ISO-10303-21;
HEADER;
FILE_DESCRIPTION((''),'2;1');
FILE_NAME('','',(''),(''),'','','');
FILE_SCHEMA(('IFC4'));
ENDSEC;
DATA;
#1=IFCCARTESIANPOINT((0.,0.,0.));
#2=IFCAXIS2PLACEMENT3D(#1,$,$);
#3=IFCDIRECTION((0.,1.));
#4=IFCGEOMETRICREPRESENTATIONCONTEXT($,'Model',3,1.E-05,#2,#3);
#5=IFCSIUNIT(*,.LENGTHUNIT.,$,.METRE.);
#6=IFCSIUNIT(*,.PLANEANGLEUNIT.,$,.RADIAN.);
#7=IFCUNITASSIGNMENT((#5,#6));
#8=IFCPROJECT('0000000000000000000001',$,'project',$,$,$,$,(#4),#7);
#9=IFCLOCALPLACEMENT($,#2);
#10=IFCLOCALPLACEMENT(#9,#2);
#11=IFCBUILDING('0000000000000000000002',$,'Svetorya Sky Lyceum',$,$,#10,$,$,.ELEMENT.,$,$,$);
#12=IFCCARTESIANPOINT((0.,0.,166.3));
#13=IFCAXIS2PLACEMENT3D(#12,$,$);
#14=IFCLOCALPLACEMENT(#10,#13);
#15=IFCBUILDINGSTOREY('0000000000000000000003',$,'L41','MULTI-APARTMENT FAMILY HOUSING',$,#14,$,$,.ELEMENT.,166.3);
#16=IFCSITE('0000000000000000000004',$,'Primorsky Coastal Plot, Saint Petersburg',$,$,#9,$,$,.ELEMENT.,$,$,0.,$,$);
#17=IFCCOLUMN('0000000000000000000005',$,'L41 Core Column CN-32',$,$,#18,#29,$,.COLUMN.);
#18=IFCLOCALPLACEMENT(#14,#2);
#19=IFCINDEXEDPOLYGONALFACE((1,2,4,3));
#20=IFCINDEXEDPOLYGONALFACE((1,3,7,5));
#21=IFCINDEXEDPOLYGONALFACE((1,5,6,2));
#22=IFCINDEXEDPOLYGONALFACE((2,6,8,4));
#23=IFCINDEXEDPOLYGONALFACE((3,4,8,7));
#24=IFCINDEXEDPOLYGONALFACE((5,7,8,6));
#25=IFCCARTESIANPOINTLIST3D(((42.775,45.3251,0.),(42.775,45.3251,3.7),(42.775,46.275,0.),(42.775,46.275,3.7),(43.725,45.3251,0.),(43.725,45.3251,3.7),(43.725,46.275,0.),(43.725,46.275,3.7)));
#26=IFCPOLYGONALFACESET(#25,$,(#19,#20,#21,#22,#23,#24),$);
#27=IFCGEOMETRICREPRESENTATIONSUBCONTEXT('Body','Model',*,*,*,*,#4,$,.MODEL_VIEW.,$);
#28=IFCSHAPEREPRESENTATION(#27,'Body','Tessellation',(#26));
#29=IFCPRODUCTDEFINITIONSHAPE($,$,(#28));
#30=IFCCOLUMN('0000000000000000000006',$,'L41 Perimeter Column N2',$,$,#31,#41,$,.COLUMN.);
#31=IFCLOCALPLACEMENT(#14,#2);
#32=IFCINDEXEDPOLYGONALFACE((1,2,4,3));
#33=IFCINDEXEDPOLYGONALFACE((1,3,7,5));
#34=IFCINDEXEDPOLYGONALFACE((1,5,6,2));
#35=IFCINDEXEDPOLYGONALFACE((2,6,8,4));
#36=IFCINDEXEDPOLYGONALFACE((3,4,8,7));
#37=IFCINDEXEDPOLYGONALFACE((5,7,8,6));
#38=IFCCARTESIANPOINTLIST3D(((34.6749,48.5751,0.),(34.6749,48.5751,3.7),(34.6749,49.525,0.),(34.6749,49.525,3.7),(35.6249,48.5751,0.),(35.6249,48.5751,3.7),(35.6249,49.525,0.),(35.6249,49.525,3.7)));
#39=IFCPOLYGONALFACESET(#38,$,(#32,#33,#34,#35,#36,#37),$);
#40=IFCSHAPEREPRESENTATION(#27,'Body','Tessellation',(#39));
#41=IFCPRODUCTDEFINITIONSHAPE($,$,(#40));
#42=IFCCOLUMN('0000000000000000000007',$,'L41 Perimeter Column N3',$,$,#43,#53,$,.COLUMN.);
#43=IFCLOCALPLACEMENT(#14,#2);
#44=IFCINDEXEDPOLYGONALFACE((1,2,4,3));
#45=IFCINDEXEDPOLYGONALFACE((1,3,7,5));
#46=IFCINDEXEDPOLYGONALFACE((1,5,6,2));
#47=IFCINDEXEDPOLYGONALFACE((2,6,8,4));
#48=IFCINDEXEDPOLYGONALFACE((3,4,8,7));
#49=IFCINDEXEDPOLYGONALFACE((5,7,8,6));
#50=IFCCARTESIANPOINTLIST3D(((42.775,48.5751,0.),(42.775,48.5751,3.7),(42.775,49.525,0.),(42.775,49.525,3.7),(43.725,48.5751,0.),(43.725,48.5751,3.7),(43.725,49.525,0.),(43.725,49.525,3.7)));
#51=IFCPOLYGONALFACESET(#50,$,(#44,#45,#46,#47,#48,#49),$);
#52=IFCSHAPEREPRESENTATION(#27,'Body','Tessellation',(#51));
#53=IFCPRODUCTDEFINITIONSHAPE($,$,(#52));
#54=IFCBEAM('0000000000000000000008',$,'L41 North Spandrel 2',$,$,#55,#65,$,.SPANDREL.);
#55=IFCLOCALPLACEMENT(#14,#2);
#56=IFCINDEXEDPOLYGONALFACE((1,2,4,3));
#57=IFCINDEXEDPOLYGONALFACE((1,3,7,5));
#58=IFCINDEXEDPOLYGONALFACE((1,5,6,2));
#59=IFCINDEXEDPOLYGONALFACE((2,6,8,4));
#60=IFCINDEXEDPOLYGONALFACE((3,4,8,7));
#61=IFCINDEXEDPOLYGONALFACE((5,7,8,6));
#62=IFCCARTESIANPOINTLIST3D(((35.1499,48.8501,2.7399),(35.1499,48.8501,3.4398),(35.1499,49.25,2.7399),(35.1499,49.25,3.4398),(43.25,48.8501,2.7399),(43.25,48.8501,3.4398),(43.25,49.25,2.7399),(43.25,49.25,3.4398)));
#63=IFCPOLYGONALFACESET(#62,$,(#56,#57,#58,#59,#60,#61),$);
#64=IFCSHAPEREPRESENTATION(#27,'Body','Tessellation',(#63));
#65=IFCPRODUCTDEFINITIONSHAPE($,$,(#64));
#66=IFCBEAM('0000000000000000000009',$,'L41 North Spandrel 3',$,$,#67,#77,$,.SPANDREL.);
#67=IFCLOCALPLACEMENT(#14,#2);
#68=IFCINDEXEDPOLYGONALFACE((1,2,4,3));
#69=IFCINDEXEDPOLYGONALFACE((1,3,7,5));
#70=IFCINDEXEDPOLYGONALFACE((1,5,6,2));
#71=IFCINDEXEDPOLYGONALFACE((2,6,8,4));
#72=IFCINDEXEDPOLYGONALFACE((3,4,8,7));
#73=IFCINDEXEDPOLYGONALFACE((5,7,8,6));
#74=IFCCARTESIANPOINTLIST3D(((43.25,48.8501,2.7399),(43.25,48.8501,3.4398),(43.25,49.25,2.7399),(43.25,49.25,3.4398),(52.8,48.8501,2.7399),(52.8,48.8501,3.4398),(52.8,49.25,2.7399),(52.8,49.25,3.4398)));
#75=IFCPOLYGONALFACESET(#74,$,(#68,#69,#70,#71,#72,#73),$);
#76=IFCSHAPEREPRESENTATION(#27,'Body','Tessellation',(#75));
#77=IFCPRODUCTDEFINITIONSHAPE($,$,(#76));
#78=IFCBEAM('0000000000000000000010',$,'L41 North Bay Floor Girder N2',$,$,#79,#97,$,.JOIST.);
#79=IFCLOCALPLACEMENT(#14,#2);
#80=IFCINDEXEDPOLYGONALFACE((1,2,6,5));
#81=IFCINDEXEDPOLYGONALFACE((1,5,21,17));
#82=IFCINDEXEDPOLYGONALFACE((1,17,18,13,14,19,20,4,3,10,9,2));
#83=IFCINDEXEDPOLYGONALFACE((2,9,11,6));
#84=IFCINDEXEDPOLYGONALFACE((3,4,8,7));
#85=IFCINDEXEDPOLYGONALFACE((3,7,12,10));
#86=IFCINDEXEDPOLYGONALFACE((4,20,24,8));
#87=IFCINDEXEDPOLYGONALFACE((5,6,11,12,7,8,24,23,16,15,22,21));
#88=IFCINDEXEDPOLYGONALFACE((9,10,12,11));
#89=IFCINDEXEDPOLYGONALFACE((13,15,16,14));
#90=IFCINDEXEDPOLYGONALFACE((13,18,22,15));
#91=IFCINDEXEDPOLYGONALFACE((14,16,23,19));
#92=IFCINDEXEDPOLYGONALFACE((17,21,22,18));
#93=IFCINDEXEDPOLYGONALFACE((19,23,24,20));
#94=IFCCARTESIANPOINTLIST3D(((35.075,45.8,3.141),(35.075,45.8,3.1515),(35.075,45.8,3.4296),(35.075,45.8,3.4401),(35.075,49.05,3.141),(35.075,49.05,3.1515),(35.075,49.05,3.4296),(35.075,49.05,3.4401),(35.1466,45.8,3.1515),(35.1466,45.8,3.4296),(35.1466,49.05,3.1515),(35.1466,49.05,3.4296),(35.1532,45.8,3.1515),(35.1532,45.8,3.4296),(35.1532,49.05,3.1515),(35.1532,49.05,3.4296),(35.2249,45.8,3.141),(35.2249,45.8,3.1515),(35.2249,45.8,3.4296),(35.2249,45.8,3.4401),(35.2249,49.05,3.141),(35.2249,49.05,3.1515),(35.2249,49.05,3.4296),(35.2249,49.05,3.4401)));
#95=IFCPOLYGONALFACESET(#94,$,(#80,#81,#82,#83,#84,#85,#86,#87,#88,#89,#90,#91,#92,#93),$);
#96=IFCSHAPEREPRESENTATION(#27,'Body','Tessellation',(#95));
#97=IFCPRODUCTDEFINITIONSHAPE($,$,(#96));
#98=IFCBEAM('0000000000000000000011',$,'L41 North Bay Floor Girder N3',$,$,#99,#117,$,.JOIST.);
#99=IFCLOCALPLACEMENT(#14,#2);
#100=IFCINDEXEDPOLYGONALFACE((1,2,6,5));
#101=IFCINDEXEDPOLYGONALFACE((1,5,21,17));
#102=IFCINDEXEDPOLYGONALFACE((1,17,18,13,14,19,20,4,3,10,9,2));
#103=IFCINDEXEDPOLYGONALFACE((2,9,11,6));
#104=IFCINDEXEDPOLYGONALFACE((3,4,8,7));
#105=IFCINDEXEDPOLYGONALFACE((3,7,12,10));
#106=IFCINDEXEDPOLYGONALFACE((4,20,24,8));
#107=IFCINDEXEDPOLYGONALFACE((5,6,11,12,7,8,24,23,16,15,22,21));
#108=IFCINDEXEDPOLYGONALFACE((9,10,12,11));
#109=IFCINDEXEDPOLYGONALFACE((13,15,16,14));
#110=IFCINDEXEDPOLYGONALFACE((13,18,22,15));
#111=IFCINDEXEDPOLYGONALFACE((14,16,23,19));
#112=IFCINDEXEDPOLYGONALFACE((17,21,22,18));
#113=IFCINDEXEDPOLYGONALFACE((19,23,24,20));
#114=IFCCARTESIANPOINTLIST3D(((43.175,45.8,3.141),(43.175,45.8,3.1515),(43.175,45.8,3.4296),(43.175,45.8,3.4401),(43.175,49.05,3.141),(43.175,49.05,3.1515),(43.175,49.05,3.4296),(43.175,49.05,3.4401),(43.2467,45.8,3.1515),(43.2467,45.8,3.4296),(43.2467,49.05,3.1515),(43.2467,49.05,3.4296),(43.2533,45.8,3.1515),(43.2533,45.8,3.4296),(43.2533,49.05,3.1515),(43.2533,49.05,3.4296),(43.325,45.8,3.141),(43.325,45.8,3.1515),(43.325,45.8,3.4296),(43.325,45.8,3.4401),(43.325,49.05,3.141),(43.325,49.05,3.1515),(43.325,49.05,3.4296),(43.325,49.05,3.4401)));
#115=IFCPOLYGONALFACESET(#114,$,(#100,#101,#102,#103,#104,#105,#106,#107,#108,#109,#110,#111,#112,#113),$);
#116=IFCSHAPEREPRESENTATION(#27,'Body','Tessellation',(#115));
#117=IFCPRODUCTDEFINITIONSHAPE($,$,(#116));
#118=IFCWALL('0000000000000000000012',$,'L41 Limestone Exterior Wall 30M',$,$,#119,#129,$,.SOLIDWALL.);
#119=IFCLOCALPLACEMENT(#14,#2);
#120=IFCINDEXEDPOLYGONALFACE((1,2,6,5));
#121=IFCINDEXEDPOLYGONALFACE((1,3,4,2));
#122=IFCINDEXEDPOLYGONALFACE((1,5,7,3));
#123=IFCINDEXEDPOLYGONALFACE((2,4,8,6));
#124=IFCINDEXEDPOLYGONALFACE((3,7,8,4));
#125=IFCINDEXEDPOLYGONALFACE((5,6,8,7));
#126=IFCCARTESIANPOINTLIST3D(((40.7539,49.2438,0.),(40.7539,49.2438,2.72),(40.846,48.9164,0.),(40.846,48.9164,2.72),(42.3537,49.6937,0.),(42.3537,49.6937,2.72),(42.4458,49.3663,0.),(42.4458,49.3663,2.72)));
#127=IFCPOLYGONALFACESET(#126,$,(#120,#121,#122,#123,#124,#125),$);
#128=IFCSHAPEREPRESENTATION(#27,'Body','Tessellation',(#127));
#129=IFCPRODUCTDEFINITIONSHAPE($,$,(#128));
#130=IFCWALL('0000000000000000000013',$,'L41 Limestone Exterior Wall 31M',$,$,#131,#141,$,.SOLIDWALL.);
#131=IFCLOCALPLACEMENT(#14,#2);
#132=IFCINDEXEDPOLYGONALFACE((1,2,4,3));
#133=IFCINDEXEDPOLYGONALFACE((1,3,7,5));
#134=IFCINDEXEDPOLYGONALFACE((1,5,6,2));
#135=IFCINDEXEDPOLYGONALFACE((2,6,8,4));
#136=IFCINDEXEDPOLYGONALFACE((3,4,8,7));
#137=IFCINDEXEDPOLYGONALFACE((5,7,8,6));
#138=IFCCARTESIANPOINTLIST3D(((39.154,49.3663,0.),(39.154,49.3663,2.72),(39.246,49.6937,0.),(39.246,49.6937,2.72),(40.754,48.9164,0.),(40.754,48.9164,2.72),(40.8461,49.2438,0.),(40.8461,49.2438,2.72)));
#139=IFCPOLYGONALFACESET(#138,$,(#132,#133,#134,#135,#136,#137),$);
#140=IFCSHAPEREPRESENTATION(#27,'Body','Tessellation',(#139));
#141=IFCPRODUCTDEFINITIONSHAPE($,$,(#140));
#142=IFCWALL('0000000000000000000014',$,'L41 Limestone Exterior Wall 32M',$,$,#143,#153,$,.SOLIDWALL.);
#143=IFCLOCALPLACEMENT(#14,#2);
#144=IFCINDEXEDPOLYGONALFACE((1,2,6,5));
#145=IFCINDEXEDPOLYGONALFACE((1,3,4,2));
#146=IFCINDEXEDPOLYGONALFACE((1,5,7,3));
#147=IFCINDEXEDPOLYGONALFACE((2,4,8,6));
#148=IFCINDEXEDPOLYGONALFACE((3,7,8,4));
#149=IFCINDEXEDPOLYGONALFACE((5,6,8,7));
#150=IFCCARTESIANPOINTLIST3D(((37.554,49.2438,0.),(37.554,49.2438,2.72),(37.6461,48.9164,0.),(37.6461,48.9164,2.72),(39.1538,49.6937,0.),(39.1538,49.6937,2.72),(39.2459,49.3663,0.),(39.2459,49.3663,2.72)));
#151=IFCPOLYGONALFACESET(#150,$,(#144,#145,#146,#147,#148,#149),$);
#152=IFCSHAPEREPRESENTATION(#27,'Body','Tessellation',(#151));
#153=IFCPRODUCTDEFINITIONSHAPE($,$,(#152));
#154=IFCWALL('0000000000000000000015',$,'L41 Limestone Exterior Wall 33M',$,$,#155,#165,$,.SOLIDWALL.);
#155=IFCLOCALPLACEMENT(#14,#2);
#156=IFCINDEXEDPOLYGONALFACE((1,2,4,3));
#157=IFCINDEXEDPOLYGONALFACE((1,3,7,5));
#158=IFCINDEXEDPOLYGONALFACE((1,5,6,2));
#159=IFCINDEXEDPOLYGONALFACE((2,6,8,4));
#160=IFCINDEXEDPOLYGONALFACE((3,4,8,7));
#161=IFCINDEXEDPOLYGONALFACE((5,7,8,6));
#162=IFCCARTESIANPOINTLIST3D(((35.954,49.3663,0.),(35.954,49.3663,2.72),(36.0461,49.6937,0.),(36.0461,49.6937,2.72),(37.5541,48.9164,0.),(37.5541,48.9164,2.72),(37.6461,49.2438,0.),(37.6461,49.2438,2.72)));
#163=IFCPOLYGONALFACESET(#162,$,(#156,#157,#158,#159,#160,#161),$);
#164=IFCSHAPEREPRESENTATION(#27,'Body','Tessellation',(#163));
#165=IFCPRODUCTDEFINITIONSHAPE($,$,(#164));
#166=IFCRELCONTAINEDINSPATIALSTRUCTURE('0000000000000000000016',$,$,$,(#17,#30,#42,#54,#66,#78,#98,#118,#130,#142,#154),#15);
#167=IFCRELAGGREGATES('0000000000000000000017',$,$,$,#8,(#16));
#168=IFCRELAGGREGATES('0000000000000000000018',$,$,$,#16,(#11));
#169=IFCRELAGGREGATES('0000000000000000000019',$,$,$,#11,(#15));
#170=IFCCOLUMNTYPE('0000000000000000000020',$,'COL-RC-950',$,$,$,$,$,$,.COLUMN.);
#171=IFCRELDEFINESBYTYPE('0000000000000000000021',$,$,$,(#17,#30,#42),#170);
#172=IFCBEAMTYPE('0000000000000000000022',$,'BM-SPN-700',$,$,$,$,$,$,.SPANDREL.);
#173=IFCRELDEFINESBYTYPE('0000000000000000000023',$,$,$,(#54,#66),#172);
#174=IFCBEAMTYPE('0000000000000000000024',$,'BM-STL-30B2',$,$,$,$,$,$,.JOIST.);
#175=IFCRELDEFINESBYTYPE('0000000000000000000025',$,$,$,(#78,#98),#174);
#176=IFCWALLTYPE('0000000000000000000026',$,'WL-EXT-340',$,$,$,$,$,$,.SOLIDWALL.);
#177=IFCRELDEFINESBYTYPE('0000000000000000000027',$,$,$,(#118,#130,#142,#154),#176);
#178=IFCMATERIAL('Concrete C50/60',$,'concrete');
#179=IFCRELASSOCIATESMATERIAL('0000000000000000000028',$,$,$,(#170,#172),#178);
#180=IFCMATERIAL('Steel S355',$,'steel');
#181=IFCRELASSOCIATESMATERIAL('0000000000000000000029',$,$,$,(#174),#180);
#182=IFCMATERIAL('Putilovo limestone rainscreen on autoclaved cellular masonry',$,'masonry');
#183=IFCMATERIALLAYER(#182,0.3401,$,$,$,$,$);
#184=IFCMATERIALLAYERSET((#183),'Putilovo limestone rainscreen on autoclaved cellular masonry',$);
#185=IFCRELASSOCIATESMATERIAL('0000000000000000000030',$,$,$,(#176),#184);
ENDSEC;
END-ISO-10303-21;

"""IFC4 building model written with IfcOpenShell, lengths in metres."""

from ifc_helpers import new_model, si_unit, direction, frame, frame_2d, origin, origin_2d, place, context, subcontext, project, spatial, rectangle, i_section, extrude, material, layer, layer_set, material_profile, profile_set, type_object, element, save


model = new_model("IFC4")

# Units and contexts
model_context = context("Model", 3, precision=1e-05, world=origin(), true_north=direction((0.0, 1.0)))
body_context = subcontext(model_context, "Body", "Model", "MODEL_VIEW")
ifc_project = project(units=[si_unit("LENGTHUNIT", "METRE"), si_unit("PLANEANGLEUNIT", "RADIAN")], contexts=[model_context])

# Site, building, storey
site_placement = place(None, origin())
site = spatial("IfcSite", under=ifc_project, at=site_placement, Name="Primorsky Coastal Plot, Saint Petersburg", CompositionType="ELEMENT", RefElevation=0.0)
building_placement = place(site_placement, origin())
building = spatial("IfcBuilding", under=site, at=building_placement, Name="Svetorya Sky Lyceum", CompositionType="ELEMENT")
storey_placement = place(building_placement, frame((0.0, 0.0, 166.3)))
storey = spatial("IfcBuildingStorey", under=building, at=storey_placement, Name="L41", Description="MULTI-APARTMENT FAMILY HOUSING", CompositionType="ELEMENT", Elevation=166.3)

# Columns
ifc_material_1 = material(Name="Concrete C50/60", Category="concrete")
ifc_material_profile_1 = material_profile(ifc_material_1, rectangle(XDim=0.95, YDim=0.95, at=origin_2d()), Name="RC COL 950x950")
ifc_profile_set_1 = profile_set([ifc_material_profile_1], Name="Concrete C50/60")
column_type = type_object("IfcColumnType", Name="COL-RC-950", PredefinedType="COLUMN", material=ifc_profile_set_1)
for number, where, z_axis, x_axis, name in (
    (1, (43.25, 45.8, 0.0), (0.0, 0.0, 1.0), (1.0, 0.0, 0.0), "L41 Core Column CN-32"),
    (2, (35.1499, 49.05, 0.0), (0.0, 0.0, 1.0), (1.0, 0.0, 0.0), "L41 Perimeter Column N2"),
    (3, (43.25, 49.05, 0.0), (0.0, 0.0, 1.0), (1.0, 0.0, 0.0), "L41 Perimeter Column N3"),
):
    element("IfcColumn", number, at=place(storey_placement, frame(where, z_axis=z_axis, x_axis=x_axis)), inside=storey, type_object=column_type, Name=name, PredefinedType="COLUMN", context=body_context, shape_type="SweptSolid", body=[
        extrude(rectangle(XDim=0.95, YDim=0.95, at=origin_2d()), origin(), (0.0, 0.0, 1.0), 3.7),
    ])

# Beams
ifc_material_profile_2 = material_profile(ifc_material_1, rectangle(XDim=0.3999, YDim=0.7, at=origin_2d()), Name="RC SPANDREL 400x700")
ifc_profile_set_2 = profile_set([ifc_material_profile_2], Name="Concrete C50/60")
beam_type_1 = type_object("IfcBeamType", Name="BM-SPN-700", PredefinedType="SPANDREL", material=ifc_profile_set_2)
beam_1_placement = place(storey_placement, frame((35.1499, 49.05, 3.0898), z_axis=(1.0, 0.0, 0.0), x_axis=(0.0, 1.0, 0.0)))
element("IfcBeam", 4, at=beam_1_placement, inside=storey, type_object=beam_type_1, Name="L41 North Spandrel 2", PredefinedType="SPANDREL", context=body_context, shape_type="SweptSolid", body=[
    extrude(rectangle(XDim=0.3999, YDim=0.7, at=origin_2d()), origin(), (0.0, 0.0, 1.0), 8.1001),
])
beam_2_placement = place(storey_placement, frame((43.25, 49.05, 3.0898), z_axis=(1.0, 0.0, 0.0), x_axis=(0.0, 1.0, 0.0)))
element("IfcBeam", 5, at=beam_2_placement, inside=storey, type_object=beam_type_1, Name="L41 North Spandrel 3", PredefinedType="SPANDREL", context=body_context, shape_type="SweptSolid", body=[
    extrude(rectangle(XDim=0.3999, YDim=0.7, at=origin_2d()), origin(), (0.0, 0.0, 1.0), 9.55),
])
ifc_material_2 = material(Name="Steel S355", Category="steel")
ifc_material_profile_3 = material_profile(ifc_material_2, i_section(OverallWidth=0.1499, OverallDepth=0.2991, WebThickness=0.0066, FlangeThickness=0.0105, at=origin_2d()), Name="GOST 30B2")
ifc_profile_set_3 = profile_set([ifc_material_profile_3], Name="Steel S355")
beam_type_2 = type_object("IfcBeamType", Name="BM-STL-30B2", PredefinedType="JOIST", material=ifc_profile_set_3)
for number, where, z_axis, x_axis, name in (
    (6, (35.1499, 45.8, 3.2905), (0.0, 1.0, 0.0), (-1.0, 0.0, 0.0), "L41 North Bay Floor Girder N2"),
    (7, (43.25, 45.8, 3.2905), (0.0, 1.0, 0.0), (-1.0, 0.0, 0.0), "L41 North Bay Floor Girder N3"),
):
    element("IfcBeam", number, at=place(storey_placement, frame(where, z_axis=z_axis, x_axis=x_axis)), inside=storey, type_object=beam_type_2, Name=name, PredefinedType="JOIST", context=body_context, shape_type="SweptSolid", body=[
        extrude(i_section(OverallWidth=0.1499, OverallDepth=0.2991, WebThickness=0.0066, FlangeThickness=0.0105, at=origin_2d()), origin(), (0.0, 0.0, 1.0), 3.25),
    ])

# Walls
ifc_material_3 = material(Name="Putilovo limestone rainscreen on autoclaved cellular masonry", Category="masonry")
ifc_layer_1 = layer(ifc_material_3, 0.3401)
ifc_layer_set_1 = layer_set([ifc_layer_1], Name="Putilovo limestone rainscreen on autoclaved cellular masonry")
wall_type_1 = type_object("IfcWallType", Name="WL-EXT-340", PredefinedType="SOLIDWALL", material=ifc_layer_set_1)
wall_1_placement = place(storey_placement, frame((42.3999, 49.53, 0.0), z_axis=(0.0, 0.0, 1.0), x_axis=(-0.962652, -0.270741, 0.0)))
element("IfcWall", 8, at=wall_1_placement, inside=storey, type_object=wall_type_1, Name="L41 Limestone Exterior Wall 30M", PredefinedType="SOLIDWALL", context=body_context, shape_type="SweptSolid", body=[
    extrude(rectangle(XDim=1.6619, YDim=0.3401, at=frame_2d((0.8311, 0.0))), origin(), (0.0, 0.0, 1.0), 2.72),
])
wall_2_placement = place(storey_placement, frame((40.8, 49.0801, 0.0), z_axis=(0.0, 0.0, 1.0), x_axis=(-0.962663, 0.270703, 0.0)))
element("IfcWall", 9, at=wall_2_placement, inside=storey, type_object=wall_type_1, Name="L41 Limestone Exterior Wall 31M", PredefinedType="SOLIDWALL", context=body_context, shape_type="SweptSolid", body=[
    extrude(rectangle(XDim=1.6621, YDim=0.3401, at=frame_2d((0.8311, 0.0))), origin(), (0.0, 0.0, 1.0), 2.72),
])
wall_3_placement = place(storey_placement, frame((39.2, 49.53, 0.0), z_axis=(0.0, 0.0, 1.0), x_axis=(-0.962652, -0.270741, 0.0)))
element("IfcWall", 10, at=wall_3_placement, inside=storey, type_object=wall_type_1, Name="L41 Limestone Exterior Wall 32M", PredefinedType="SOLIDWALL", context=body_context, shape_type="SweptSolid", body=[
    extrude(rectangle(XDim=1.6619, YDim=0.3401, at=frame_2d((0.8311, 0.0))), origin(), (0.0, 0.0, 1.0), 2.72),
])
wall_4_placement = place(storey_placement, frame((37.6001, 49.0801, 0.0), z_axis=(0.0, 0.0, 1.0), x_axis=(-0.962663, 0.270703, 0.0)))
element("IfcWall", 11, at=wall_4_placement, inside=storey, type_object=wall_type_1, Name="L41 Limestone Exterior Wall 33M", PredefinedType="SOLIDWALL", context=body_context, shape_type="SweptSolid", body=[
    extrude(rectangle(XDim=1.6621, YDim=0.3401, at=frame_2d((0.8311, 0.0))), origin(), (0.0, 0.0, 1.0), 2.72),
])

save(model, "model.ifc")
